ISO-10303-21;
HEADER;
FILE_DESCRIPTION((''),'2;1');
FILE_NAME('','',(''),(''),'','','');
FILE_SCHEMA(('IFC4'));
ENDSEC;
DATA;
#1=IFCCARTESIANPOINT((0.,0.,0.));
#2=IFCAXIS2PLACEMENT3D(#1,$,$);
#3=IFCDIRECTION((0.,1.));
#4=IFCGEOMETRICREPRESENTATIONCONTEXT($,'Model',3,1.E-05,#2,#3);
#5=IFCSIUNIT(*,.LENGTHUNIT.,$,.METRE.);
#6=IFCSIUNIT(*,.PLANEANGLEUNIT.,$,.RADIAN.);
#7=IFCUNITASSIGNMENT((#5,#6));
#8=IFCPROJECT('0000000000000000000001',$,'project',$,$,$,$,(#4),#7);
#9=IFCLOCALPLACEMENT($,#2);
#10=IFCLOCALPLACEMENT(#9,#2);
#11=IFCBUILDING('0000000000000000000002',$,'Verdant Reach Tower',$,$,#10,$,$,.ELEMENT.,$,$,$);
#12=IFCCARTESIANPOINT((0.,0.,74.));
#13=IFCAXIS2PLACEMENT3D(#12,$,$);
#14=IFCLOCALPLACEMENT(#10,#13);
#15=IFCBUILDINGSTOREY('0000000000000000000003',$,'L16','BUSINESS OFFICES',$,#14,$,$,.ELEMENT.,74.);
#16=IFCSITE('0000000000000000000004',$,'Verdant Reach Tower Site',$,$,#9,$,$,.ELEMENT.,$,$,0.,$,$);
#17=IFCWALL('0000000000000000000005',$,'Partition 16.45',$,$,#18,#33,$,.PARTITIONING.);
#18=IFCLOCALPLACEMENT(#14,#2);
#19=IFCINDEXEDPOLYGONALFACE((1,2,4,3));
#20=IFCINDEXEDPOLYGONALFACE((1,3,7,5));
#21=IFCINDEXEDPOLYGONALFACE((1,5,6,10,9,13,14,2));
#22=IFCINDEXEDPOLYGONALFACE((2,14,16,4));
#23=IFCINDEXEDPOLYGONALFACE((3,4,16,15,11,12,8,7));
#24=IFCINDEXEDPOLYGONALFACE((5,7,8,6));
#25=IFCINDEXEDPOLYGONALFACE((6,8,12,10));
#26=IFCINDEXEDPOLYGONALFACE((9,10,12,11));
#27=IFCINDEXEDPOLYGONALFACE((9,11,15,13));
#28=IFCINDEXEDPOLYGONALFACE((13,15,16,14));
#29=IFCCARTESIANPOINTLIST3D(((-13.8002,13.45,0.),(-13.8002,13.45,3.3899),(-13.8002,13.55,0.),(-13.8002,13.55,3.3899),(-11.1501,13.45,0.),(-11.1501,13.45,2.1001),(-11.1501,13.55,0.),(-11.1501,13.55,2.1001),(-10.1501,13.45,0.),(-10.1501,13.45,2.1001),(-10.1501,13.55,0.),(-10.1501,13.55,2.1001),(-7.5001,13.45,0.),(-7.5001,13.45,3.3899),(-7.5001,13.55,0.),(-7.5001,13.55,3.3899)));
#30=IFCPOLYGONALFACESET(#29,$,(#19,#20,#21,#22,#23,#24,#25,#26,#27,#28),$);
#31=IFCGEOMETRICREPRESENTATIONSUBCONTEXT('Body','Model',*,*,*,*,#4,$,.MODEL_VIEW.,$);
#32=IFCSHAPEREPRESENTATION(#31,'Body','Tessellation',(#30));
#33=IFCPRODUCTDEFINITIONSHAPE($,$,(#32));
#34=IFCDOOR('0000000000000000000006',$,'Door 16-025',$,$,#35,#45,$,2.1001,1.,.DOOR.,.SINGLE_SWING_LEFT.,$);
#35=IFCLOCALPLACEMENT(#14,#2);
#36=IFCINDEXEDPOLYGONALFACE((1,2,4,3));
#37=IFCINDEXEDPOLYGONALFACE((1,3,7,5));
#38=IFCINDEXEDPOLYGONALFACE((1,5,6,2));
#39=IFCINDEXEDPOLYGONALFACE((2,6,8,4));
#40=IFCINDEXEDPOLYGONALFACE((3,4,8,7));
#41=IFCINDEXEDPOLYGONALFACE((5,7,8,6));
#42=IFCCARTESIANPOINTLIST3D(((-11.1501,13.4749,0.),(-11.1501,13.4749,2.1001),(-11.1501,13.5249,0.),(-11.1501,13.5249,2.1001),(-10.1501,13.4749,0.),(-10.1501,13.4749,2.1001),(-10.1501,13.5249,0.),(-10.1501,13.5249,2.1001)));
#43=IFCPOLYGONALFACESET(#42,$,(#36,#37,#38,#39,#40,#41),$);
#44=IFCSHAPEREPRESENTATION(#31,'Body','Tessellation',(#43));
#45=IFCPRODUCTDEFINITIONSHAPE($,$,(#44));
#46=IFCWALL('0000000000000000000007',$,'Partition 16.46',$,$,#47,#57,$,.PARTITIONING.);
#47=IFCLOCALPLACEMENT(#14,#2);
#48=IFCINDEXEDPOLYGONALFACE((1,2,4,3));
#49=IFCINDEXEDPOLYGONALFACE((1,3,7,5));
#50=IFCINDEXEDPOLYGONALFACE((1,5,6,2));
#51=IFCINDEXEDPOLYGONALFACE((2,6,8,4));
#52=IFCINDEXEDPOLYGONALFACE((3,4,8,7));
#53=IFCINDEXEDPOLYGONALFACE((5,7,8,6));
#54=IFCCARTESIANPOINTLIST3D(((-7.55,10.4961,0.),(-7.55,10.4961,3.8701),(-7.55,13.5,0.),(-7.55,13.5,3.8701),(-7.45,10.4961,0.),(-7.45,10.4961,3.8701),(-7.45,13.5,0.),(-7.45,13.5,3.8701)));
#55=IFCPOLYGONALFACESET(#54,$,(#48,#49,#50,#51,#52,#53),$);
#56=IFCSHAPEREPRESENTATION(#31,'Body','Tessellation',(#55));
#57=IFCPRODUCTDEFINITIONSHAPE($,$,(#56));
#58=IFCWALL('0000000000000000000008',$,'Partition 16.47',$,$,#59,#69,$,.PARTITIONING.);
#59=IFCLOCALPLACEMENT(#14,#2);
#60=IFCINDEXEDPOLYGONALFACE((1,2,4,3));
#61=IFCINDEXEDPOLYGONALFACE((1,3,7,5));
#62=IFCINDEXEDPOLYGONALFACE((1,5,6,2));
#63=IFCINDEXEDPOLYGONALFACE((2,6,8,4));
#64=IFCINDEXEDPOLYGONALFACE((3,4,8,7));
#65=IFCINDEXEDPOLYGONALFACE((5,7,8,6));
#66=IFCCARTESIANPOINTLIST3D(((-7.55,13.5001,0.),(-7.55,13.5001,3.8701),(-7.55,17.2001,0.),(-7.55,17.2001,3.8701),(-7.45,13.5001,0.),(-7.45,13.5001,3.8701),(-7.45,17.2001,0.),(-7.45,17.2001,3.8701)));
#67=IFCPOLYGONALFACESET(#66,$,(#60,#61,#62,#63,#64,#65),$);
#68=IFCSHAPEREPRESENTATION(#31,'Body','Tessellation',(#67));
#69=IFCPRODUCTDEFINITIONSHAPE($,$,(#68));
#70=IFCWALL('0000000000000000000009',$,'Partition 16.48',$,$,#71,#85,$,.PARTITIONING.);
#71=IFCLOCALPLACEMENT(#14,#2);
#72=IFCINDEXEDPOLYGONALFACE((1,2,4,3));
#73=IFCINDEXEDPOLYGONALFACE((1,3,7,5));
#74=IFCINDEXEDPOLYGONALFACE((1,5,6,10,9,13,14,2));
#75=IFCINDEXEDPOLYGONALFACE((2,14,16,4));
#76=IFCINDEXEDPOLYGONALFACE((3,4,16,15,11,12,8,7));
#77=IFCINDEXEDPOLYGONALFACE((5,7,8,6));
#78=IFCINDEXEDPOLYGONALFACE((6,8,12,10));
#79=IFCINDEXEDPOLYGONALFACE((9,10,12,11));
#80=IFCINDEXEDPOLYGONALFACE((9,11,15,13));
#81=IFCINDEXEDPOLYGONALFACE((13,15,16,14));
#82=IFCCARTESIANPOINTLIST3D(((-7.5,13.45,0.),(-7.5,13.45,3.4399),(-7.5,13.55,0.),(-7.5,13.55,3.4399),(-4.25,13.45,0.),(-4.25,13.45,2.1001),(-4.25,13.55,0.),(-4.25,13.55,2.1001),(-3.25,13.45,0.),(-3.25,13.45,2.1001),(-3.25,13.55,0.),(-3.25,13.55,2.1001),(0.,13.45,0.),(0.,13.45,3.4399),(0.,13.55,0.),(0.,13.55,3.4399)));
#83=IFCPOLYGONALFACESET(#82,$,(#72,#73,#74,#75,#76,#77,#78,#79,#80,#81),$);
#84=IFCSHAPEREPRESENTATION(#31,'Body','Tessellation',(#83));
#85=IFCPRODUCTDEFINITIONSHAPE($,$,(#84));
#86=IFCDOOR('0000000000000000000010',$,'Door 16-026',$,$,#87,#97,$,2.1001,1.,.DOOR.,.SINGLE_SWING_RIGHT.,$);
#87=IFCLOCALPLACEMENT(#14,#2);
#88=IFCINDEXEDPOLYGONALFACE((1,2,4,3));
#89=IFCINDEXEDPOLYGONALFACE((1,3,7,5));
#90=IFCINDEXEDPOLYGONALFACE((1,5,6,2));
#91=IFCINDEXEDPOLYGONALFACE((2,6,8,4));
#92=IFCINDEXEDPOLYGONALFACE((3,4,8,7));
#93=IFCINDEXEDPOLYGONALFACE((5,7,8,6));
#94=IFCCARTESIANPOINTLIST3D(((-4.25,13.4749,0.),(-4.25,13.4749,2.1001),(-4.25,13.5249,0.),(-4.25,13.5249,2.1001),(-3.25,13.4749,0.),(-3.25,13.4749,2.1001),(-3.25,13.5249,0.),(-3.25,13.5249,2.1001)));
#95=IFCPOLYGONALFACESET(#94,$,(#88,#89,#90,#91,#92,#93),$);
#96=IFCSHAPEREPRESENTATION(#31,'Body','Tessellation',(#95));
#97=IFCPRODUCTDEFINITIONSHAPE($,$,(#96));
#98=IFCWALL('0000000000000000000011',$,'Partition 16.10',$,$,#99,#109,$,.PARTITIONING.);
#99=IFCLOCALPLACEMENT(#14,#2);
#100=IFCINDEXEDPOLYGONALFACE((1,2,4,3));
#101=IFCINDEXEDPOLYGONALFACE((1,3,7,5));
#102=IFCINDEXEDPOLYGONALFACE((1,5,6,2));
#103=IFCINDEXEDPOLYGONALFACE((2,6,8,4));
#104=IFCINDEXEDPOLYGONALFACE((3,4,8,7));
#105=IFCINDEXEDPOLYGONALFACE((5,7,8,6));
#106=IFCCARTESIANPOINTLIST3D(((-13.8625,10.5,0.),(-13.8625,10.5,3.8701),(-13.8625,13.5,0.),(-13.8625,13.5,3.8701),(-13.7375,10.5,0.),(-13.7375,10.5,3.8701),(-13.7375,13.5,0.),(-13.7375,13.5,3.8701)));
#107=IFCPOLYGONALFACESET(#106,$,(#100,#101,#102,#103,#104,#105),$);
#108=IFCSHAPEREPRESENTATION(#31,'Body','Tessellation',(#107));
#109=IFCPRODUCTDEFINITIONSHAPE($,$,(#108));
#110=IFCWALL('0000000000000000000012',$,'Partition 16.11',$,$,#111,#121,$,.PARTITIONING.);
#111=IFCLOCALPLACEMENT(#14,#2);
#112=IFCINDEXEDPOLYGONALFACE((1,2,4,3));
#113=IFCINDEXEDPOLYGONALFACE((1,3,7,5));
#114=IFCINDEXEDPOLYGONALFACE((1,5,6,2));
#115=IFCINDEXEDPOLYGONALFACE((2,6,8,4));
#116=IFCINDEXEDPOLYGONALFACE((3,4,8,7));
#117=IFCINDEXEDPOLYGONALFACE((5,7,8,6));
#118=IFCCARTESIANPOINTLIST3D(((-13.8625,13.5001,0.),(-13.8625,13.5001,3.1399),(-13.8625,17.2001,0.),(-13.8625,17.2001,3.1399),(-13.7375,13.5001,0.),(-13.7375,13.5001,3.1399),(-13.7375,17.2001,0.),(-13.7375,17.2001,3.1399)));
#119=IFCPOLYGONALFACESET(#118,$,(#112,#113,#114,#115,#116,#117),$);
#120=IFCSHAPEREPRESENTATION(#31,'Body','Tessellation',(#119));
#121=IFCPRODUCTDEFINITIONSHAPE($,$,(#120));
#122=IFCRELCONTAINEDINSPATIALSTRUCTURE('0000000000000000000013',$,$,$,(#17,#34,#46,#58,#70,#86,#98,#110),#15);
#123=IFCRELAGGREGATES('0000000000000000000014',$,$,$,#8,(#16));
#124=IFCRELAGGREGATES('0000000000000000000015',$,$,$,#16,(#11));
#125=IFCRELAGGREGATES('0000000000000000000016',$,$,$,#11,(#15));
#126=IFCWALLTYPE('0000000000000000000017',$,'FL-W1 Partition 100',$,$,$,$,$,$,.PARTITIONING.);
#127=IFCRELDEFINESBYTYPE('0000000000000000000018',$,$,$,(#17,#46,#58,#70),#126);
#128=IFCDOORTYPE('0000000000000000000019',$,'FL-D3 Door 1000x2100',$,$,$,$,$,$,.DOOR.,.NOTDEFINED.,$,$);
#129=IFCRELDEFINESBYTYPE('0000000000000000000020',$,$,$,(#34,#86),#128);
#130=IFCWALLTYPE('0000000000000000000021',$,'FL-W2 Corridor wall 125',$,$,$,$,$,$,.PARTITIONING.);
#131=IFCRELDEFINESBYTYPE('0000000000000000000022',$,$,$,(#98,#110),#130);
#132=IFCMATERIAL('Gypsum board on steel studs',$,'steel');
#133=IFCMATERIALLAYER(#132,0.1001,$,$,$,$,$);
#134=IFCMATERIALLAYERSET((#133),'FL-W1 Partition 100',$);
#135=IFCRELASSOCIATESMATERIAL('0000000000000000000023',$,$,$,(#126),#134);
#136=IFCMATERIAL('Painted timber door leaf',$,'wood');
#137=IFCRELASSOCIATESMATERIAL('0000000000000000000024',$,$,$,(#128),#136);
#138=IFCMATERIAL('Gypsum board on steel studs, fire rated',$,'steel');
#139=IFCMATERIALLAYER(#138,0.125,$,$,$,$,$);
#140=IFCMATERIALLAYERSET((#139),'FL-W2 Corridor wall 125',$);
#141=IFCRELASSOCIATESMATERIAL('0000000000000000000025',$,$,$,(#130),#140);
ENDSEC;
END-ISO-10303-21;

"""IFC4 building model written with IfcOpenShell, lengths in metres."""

from ifc_helpers import new_model, si_unit, direction, frame, frame_2d, origin, place, context, subcontext, project, spatial, rectangle, extrude, material, layer, layer_set, type_object, element, fill, save


model = new_model("IFC4")

# Units and contexts
model_context = context("Model", 3, precision=1e-05, world=origin(), true_north=direction((0.0, 1.0)))
body_context = subcontext(model_context, "Body", "Model", "MODEL_VIEW")
ifc_project = project(units=[si_unit("LENGTHUNIT", "METRE"), si_unit("PLANEANGLEUNIT", "RADIAN")], contexts=[model_context])

# Site, building, storey
site_placement = place(None, origin())
site = spatial("IfcSite", under=ifc_project, at=site_placement, Name="Verdant Reach Tower Site", CompositionType="ELEMENT", RefElevation=0.0)
building_placement = place(site_placement, origin())
building = spatial("IfcBuilding", under=site, at=building_placement, Name="Verdant Reach Tower", CompositionType="ELEMENT")
storey_placement = place(building_placement, frame((0.0, 0.0, 74.0)))
storey = spatial("IfcBuildingStorey", under=building, at=storey_placement, Name="L16", Description="BUSINESS OFFICES", CompositionType="ELEMENT", Elevation=74.0)

# Wall, opening, door
ifc_material_1 = material(Name="Gypsum board on steel studs", Category="steel")
ifc_layer_1 = layer(ifc_material_1, 0.1001)
ifc_layer_set_1 = layer_set([ifc_layer_1], Name="FL-W1 Partition 100")
wall_type_1 = type_object("IfcWallType", Name="FL-W1 Partition 100", PredefinedType="PARTITIONING", material=ifc_layer_set_1)
ifc_material_2 = material(Name="Painted timber door leaf", Category="wood")
door_type = type_object("IfcDoorType", Name="FL-D3 Door 1000x2100", OperationType="NOTDEFINED", PredefinedType="DOOR", material=ifc_material_2)
wall_1_placement = place(storey_placement, frame((-13.8, 13.5, 0.0), z_axis=(0.0, 0.0, 1.0), x_axis=(1.0, 0.0, 0.0)))
wall_1 = element("IfcWall", 1, at=wall_1_placement, inside=storey, type_object=wall_type_1, Name="Partition 16.45", PredefinedType="PARTITIONING", context=body_context, shape_type="SweptSolid", body=[
    extrude(rectangle(XDim=6.3, YDim=0.1001, at=frame_2d((3.1499, 0.0))), origin(), (0.0, 0.0, 1.0), 3.3899),
])
opening_1_placement = place(wall_1_placement, frame((2.6499, 0.0, 0.0)))
opening_1 = element("IfcOpeningElement", 2, at=opening_1_placement, cuts=wall_1, PredefinedType="OPENING", context=body_context, shape_type="SweptSolid", body=[
    extrude(rectangle(XDim=1.0, YDim=2.1001, at=frame_2d((0.5, 1.05))), frame((0.0, 0.0601, 0.0), z_axis=(0.0, -1.0, 0.0), x_axis=(1.0, 0.0, 0.0)), (0.0, 0.0, 1.0), 0.1201),
])
door_1_placement = place(opening_1_placement, origin())
door_1 = element("IfcDoor", 3, at=door_1_placement, inside=storey, type_object=door_type, Name="Door 16-025", OperationType="SINGLE_SWING_LEFT", OverallHeight=2.1001, OverallWidth=1.0, PredefinedType="DOOR", context=body_context, shape_type="SweptSolid", body=[
    extrude(rectangle(XDim=1.0, YDim=2.1001, at=frame_2d((0.5, 1.05))), frame((0.0, 0.0249, 0.0), z_axis=(0.0, -1.0, 0.0), x_axis=(1.0, 0.0, 0.0)), (0.0, 0.0, 1.0), 0.05),
])
fill(opening_1, door_1)

# Walls
wall_2_placement = place(storey_placement, frame((-7.5, 10.4961, 0.0), z_axis=(0.0, 0.0, 1.0), x_axis=(0.0, 1.0, 0.0)))
element("IfcWall", 4, at=wall_2_placement, inside=storey, type_object=wall_type_1, Name="Partition 16.46", PredefinedType="PARTITIONING", context=body_context, shape_type="SweptSolid", body=[
    extrude(rectangle(XDim=3.0039, YDim=0.1001, at=frame_2d((1.502, 0.0))), origin(), (0.0, 0.0, 1.0), 3.8701),
])
wall_3_placement = place(storey_placement, frame((-7.5, 13.5, 0.0), z_axis=(0.0, 0.0, 1.0), x_axis=(0.0, 1.0, 0.0)))
element("IfcWall", 5, at=wall_3_placement, inside=storey, type_object=wall_type_1, Name="Partition 16.47", PredefinedType="PARTITIONING", context=body_context, shape_type="SweptSolid", body=[
    extrude(rectangle(XDim=3.7, YDim=0.1001, at=frame_2d((1.8501, 0.0))), origin(), (0.0, 0.0, 1.0), 3.8701),
])

# Wall, opening, door
wall_4_placement = place(storey_placement, frame((-7.5, 13.5, 0.0), z_axis=(0.0, 0.0, 1.0), x_axis=(1.0, 0.0, 0.0)))
wall_4 = element("IfcWall", 6, at=wall_4_placement, inside=storey, type_object=wall_type_1, Name="Partition 16.48", PredefinedType="PARTITIONING", context=body_context, shape_type="SweptSolid", body=[
    extrude(rectangle(XDim=7.5, YDim=0.1001, at=frame_2d((3.75, 0.0))), origin(), (0.0, 0.0, 1.0), 3.4399),
])
opening_2_placement = place(wall_4_placement, frame((3.25, 0.0, 0.0)))
opening_2 = element("IfcOpeningElement", 7, at=opening_2_placement, cuts=wall_4, PredefinedType="OPENING", context=body_context, shape_type="SweptSolid", body=[
    extrude(rectangle(XDim=1.0, YDim=2.1001, at=frame_2d((0.5, 1.05))), frame((0.0, 0.0601, 0.0), z_axis=(0.0, -1.0, 0.0), x_axis=(1.0, 0.0, 0.0)), (0.0, 0.0, 1.0), 0.1201),
])
door_2_placement = place(opening_2_placement, origin())
door_2 = element("IfcDoor", 8, at=door_2_placement, inside=storey, type_object=door_type, Name="Door 16-026", OperationType="SINGLE_SWING_RIGHT", OverallHeight=2.1001, OverallWidth=1.0, PredefinedType="DOOR", context=body_context, shape_type="SweptSolid", body=[
    extrude(rectangle(XDim=1.0, YDim=2.1001, at=frame_2d((0.5, 1.05))), frame((0.0, 0.0249, 0.0), z_axis=(0.0, -1.0, 0.0), x_axis=(1.0, 0.0, 0.0)), (0.0, 0.0, 1.0), 0.05),
])
fill(opening_2, door_2)

# Walls
ifc_material_3 = material(Name="Gypsum board on steel studs, fire rated", Category="steel")
ifc_layer_2 = layer(ifc_material_3, 0.125)
ifc_layer_set_2 = layer_set([ifc_layer_2], Name="FL-W2 Corridor wall 125")
wall_type_2 = type_object("IfcWallType", Name="FL-W2 Corridor wall 125", PredefinedType="PARTITIONING", material=ifc_layer_set_2)
wall_5_placement = place(storey_placement, frame((-13.8, 10.5, 0.0), z_axis=(0.0, 0.0, 1.0), x_axis=(0.0, 1.0, 0.0)))
element("IfcWall", 9, at=wall_5_placement, inside=storey, type_object=wall_type_2, Name="Partition 16.10", PredefinedType="PARTITIONING", context=body_context, shape_type="SweptSolid", body=[
    extrude(rectangle(XDim=3.0, YDim=0.125, at=frame_2d((1.5, 0.0))), origin(), (0.0, 0.0, 1.0), 3.8701),
])
wall_6_placement = place(storey_placement, frame((-13.8, 13.5, 0.0), z_axis=(0.0, 0.0, 1.0), x_axis=(0.0, 1.0, 0.0)))
element("IfcWall", 10, at=wall_6_placement, inside=storey, type_object=wall_type_2, Name="Partition 16.11", PredefinedType="PARTITIONING", context=body_context, shape_type="SweptSolid", body=[
    extrude(rectangle(XDim=3.7, YDim=0.125, at=frame_2d((1.8501, 0.0))), origin(), (0.0, 0.0, 1.0), 3.1399),
])

save(model, "model.ifc")
